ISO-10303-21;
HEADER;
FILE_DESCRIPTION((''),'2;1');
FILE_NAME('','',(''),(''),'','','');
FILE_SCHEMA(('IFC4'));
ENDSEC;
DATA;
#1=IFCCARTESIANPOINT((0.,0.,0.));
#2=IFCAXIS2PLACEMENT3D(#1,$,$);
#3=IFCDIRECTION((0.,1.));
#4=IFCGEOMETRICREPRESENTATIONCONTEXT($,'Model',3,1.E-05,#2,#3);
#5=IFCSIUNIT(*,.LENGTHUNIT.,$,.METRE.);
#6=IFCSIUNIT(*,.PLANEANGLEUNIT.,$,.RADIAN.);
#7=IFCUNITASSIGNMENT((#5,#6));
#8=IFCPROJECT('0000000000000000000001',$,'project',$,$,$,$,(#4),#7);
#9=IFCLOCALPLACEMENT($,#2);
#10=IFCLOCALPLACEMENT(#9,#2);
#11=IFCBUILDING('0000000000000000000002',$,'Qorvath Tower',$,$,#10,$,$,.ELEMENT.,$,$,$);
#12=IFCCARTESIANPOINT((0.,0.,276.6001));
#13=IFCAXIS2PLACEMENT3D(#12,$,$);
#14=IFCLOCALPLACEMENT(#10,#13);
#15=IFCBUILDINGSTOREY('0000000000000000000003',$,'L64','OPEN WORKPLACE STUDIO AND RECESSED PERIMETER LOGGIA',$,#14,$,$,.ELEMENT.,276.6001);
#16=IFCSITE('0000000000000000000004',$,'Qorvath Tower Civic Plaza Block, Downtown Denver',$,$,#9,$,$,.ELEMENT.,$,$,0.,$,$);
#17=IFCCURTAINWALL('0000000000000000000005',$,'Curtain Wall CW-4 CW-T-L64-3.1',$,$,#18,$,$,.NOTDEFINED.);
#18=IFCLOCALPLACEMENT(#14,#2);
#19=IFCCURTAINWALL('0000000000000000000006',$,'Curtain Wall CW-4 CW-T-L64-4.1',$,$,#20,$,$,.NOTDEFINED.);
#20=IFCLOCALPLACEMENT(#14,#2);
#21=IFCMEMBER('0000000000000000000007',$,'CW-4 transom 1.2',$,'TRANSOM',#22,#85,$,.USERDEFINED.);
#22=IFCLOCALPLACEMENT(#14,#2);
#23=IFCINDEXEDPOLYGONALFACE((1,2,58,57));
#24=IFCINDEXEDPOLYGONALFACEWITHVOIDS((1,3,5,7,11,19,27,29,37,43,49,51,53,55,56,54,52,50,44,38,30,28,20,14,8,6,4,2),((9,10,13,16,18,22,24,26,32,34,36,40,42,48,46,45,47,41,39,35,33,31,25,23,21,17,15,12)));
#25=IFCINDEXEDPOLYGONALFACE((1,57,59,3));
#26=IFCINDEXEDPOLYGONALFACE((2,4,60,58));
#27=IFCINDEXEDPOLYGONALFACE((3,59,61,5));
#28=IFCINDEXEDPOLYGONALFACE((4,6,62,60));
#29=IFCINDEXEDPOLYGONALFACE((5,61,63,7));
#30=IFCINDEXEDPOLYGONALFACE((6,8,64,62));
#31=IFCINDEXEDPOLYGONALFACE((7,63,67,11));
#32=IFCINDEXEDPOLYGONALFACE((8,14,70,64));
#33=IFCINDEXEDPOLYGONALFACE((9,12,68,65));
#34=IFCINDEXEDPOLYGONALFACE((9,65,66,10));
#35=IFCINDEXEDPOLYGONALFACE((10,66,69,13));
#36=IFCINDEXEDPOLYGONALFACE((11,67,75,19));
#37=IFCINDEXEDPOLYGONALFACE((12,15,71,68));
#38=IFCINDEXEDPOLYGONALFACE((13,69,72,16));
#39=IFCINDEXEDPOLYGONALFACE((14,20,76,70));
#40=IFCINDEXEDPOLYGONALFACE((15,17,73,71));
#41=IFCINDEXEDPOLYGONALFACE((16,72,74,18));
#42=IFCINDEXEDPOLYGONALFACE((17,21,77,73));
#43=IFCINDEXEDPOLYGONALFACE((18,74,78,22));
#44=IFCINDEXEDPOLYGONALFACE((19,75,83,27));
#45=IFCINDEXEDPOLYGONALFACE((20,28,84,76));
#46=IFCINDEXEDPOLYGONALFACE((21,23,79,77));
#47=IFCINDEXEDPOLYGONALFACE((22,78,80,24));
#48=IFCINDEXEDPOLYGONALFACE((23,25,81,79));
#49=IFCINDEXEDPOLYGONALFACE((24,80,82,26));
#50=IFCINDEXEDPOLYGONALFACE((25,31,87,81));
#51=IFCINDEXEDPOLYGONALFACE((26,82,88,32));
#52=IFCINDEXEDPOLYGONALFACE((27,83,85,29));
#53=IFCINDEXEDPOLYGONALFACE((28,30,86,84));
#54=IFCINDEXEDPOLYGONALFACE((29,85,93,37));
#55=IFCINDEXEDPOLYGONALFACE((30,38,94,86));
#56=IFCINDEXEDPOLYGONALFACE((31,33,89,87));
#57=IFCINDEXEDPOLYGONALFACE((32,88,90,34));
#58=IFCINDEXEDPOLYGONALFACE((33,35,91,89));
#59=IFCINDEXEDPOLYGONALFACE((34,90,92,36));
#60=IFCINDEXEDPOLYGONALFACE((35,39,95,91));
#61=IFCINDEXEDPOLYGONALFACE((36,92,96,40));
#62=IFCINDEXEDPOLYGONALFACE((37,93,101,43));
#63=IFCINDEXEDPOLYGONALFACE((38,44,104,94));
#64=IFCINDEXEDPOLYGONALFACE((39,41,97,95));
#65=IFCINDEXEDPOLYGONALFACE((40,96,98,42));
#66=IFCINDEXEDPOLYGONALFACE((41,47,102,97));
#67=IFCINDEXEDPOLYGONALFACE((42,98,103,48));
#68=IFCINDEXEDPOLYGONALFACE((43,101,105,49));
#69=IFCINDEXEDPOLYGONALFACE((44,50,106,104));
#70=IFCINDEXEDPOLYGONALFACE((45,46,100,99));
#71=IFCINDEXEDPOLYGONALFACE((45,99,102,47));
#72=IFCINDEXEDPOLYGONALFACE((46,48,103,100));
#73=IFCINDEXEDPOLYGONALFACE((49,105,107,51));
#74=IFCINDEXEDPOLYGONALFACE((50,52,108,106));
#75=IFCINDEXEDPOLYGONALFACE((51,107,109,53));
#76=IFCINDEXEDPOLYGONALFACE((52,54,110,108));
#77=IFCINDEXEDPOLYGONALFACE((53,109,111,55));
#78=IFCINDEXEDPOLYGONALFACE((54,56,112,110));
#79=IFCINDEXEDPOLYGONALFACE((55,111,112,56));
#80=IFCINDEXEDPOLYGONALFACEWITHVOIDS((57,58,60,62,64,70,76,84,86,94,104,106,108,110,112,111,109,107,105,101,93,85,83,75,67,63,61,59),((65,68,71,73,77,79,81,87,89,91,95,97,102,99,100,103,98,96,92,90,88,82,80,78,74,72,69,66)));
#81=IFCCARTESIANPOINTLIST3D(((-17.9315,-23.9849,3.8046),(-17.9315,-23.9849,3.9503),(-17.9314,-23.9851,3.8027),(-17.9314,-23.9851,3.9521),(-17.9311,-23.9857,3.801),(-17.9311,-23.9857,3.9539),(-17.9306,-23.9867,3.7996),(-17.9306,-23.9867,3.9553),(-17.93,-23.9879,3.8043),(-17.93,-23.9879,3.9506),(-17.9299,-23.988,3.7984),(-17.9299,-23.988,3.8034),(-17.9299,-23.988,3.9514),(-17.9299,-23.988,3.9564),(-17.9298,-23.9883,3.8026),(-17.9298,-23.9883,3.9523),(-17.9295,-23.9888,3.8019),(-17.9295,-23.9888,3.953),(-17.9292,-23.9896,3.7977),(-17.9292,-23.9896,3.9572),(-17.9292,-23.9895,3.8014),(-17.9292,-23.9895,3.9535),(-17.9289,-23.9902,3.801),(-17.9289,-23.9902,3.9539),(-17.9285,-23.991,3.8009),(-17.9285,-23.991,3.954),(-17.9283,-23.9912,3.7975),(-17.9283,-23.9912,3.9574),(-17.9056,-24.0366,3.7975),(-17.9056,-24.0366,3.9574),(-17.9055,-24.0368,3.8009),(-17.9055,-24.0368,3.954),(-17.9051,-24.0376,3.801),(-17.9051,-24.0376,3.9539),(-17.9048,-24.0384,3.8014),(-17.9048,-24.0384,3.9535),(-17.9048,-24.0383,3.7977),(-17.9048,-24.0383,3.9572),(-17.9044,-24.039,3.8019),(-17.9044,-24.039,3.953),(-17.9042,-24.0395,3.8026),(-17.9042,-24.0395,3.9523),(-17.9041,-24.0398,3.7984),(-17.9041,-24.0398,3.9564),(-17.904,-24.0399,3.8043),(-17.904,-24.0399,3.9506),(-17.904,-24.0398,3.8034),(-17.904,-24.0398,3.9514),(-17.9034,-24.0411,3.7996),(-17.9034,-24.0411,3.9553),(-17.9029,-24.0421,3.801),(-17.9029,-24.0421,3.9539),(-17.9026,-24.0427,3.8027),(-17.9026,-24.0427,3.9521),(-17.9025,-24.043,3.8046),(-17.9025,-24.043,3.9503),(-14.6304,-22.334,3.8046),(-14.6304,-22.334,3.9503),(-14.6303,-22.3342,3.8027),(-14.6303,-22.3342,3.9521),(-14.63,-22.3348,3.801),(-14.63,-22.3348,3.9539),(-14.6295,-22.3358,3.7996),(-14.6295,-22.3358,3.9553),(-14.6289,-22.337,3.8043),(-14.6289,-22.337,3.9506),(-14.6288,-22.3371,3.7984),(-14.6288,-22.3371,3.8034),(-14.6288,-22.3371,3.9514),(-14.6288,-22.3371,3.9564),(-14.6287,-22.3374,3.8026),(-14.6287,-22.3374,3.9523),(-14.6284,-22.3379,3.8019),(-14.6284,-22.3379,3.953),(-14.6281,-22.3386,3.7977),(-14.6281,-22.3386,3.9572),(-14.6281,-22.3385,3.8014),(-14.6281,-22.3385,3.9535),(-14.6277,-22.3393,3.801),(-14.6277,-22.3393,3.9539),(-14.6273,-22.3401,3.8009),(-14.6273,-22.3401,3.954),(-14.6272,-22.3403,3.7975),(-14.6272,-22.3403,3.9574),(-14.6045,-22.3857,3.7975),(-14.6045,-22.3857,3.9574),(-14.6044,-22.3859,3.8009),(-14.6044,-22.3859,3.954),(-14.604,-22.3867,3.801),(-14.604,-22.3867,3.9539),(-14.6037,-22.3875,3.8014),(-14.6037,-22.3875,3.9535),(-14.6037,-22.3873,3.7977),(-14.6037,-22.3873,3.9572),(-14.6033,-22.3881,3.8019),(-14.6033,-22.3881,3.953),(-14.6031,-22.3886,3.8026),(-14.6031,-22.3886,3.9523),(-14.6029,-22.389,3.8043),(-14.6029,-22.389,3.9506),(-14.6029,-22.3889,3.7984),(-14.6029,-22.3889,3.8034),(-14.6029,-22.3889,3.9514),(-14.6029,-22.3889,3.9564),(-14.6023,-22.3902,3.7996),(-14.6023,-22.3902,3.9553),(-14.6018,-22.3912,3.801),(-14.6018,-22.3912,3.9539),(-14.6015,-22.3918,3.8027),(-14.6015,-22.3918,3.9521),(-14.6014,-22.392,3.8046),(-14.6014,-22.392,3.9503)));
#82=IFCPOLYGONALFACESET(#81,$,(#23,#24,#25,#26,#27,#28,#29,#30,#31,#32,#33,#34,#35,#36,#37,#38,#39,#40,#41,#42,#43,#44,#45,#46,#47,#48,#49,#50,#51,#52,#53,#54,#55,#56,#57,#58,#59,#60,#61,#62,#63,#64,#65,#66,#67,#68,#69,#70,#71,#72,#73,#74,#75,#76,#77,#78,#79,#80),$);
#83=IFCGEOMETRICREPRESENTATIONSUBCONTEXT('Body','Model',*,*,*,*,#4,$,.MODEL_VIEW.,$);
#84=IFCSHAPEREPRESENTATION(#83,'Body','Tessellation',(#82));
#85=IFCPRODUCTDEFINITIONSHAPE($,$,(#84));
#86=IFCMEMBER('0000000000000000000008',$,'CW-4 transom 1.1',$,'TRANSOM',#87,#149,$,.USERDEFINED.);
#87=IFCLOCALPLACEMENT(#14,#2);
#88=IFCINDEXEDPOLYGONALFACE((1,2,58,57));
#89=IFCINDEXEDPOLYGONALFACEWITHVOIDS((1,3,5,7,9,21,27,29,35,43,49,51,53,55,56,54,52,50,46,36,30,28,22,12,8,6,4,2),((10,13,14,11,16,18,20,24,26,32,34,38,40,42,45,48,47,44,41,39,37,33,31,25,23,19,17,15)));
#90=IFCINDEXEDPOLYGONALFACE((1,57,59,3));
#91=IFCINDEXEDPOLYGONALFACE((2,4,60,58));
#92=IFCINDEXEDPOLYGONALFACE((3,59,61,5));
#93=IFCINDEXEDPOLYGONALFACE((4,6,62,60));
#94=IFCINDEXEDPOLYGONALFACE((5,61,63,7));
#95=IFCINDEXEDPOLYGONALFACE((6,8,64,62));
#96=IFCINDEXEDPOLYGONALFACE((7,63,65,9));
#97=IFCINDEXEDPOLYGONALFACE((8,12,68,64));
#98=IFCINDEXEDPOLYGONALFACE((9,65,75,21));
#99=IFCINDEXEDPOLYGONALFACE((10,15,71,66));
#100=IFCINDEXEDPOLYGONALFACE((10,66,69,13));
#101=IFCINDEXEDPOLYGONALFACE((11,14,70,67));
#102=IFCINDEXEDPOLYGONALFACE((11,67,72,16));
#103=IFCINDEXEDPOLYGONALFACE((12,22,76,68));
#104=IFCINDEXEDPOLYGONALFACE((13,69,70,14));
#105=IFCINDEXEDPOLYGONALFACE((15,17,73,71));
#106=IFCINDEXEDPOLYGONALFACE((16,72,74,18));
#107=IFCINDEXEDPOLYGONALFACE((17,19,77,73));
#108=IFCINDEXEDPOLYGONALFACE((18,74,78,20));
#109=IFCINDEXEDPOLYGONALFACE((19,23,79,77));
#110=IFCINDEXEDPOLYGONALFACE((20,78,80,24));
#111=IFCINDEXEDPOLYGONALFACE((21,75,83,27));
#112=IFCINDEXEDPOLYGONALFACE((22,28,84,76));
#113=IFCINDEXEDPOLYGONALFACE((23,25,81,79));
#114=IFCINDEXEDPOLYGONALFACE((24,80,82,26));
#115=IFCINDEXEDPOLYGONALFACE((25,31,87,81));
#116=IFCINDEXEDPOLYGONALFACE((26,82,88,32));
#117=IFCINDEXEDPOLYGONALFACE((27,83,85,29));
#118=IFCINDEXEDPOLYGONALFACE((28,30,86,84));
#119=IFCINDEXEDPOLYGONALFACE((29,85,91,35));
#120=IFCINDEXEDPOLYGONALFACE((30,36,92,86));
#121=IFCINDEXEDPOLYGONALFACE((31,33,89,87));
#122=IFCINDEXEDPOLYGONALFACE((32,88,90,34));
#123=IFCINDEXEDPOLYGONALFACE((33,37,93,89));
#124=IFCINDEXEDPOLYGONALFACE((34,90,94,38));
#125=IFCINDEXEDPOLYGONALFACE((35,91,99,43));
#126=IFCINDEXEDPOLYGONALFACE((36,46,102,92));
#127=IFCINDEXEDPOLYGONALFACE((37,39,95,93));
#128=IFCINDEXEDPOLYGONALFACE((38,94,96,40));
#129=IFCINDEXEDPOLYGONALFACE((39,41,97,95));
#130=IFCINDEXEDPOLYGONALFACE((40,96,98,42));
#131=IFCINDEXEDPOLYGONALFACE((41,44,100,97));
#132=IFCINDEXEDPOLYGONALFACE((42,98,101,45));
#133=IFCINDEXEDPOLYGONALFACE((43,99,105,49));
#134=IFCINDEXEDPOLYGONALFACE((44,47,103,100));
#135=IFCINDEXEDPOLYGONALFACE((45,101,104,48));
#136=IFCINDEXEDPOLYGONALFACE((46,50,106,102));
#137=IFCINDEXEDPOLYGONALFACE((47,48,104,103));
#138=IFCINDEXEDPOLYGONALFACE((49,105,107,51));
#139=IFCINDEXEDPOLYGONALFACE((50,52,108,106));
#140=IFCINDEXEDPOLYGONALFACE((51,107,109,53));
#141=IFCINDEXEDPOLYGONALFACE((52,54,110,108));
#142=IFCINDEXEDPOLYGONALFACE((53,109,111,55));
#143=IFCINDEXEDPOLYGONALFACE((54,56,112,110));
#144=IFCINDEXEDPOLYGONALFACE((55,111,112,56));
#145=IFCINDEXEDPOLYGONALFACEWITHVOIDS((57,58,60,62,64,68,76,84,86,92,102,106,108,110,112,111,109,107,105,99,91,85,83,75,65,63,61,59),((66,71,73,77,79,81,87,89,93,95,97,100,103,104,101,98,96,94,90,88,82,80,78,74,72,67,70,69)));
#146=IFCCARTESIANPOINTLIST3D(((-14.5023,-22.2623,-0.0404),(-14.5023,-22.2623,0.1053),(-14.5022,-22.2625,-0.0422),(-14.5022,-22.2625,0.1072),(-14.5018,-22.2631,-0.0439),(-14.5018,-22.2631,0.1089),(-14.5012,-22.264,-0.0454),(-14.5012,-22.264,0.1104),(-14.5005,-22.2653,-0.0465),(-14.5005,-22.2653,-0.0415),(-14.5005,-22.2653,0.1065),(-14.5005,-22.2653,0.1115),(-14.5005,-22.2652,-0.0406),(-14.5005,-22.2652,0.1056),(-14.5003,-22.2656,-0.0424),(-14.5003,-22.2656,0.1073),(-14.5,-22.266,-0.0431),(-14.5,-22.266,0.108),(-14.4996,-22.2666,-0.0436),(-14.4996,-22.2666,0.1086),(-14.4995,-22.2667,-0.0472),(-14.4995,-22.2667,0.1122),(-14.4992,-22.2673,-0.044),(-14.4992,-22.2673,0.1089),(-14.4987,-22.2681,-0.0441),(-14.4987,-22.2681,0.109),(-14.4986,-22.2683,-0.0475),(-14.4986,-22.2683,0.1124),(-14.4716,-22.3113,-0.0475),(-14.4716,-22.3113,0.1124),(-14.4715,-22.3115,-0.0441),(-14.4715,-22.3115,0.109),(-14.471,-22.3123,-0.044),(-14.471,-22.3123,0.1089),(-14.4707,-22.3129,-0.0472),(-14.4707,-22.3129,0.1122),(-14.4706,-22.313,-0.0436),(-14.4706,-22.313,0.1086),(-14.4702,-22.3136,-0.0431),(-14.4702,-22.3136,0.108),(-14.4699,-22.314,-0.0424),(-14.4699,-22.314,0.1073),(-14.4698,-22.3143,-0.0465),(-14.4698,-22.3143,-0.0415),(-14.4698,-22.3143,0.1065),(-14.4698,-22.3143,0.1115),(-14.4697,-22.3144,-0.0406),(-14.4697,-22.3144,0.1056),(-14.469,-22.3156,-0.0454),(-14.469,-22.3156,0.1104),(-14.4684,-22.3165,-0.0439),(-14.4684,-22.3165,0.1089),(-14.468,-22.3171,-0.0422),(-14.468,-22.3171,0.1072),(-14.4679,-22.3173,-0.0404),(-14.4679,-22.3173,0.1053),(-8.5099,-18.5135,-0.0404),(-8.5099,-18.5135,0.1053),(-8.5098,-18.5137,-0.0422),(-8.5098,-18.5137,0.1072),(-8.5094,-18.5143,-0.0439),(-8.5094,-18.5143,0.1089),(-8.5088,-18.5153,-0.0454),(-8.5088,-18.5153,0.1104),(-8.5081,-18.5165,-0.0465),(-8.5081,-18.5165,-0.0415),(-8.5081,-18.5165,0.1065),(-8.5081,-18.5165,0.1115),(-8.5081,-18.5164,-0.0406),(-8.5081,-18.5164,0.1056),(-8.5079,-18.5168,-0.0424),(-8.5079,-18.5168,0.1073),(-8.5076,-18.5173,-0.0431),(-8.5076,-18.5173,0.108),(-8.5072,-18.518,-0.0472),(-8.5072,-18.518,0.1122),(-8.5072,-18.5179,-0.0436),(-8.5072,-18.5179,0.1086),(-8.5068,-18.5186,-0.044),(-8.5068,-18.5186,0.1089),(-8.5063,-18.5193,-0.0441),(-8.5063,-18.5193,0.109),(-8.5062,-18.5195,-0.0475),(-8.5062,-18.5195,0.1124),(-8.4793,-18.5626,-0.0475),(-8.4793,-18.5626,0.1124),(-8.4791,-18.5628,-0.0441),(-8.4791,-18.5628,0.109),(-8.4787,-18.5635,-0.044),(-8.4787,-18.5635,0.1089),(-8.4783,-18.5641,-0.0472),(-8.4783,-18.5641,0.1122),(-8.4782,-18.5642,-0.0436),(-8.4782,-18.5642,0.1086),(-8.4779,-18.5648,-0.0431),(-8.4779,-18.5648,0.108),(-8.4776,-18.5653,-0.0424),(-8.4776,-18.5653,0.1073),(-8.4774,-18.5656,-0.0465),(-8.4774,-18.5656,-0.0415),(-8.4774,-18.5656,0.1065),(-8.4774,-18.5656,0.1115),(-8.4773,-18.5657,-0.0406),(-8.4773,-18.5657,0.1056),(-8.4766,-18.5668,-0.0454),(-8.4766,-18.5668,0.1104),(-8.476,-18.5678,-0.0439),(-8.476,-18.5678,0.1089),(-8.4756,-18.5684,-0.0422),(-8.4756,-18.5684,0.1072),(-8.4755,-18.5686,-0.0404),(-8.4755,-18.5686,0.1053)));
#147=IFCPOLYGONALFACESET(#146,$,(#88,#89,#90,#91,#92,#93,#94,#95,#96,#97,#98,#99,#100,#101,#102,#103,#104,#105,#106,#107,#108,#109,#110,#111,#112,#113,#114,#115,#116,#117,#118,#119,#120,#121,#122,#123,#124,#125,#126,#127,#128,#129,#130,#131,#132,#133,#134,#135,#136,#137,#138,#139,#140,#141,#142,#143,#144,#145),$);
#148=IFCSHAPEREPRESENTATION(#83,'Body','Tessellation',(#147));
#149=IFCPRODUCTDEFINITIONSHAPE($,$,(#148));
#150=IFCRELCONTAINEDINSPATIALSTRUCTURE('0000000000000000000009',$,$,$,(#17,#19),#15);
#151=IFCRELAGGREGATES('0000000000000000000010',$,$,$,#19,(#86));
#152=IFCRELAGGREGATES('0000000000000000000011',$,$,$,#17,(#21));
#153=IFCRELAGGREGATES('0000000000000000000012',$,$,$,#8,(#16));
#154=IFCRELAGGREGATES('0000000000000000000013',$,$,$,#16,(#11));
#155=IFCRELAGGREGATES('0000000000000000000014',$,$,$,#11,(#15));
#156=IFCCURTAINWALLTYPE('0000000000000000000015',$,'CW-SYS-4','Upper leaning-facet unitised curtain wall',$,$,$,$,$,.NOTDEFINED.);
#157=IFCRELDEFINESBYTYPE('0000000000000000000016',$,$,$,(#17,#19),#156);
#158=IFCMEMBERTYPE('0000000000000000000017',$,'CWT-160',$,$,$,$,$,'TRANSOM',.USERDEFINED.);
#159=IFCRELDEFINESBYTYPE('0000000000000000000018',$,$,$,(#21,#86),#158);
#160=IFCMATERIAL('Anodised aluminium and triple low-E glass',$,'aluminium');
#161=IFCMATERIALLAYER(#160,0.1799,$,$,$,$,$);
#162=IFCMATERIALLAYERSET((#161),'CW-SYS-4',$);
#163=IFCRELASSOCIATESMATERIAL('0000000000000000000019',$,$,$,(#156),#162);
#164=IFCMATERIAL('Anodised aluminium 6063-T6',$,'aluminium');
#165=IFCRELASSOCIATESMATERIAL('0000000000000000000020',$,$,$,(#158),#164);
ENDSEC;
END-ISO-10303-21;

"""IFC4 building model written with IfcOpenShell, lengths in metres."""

from ifc_helpers import new_model, si_unit, direction, frame, origin, origin_2d, place, context, subcontext, project, spatial, hollow_rectangle, extrude, material, layer, layer_set, material_profile, profile_set, type_object, element, aggregate, save


model = new_model("IFC4")

# Units and contexts
model_context = context("Model", 3, precision=1e-05, world=origin(), true_north=direction((0.0, 1.0)))
body_context = subcontext(model_context, "Body", "Model", "MODEL_VIEW")
ifc_project = project(units=[si_unit("LENGTHUNIT", "METRE"), si_unit("PLANEANGLEUNIT", "RADIAN")], contexts=[model_context])

# Site, building, storey
site_placement = place(None, origin())
site = spatial("IfcSite", under=ifc_project, at=site_placement, Name="Qorvath Tower Civic Plaza Block, Downtown Denver", CompositionType="ELEMENT", RefElevation=0.0)
building_placement = place(site_placement, origin())
building = spatial("IfcBuilding", under=site, at=building_placement, Name="Qorvath Tower", CompositionType="ELEMENT")
storey_placement = place(building_placement, frame((0.0, 0.0, 276.6001)))
storey = spatial("IfcBuildingStorey", under=building, at=storey_placement, Name="L64", Description="OPEN WORKPLACE STUDIO AND RECESSED PERIMETER LOGGIA", CompositionType="ELEMENT", Elevation=276.6001)

# Shared definitions
ifc_material_1 = material(Name="Anodised aluminium and triple low-E glass", Category="aluminium")
ifc_layer_1 = layer(ifc_material_1, 0.1799)
ifc_layer_set_1 = layer_set([ifc_layer_1], Name="CW-SYS-4")
curtain_wall_type = type_object("IfcCurtainWallType", Name="CW-SYS-4", Description="Upper leaning-facet unitised curtain wall", PredefinedType="NOTDEFINED", material=ifc_layer_set_1)

# Curtain wall
curtain_wall_1_placement = place(storey_placement, origin())
curtain_wall_1 = element("IfcCurtainWall", 1, at=curtain_wall_1_placement, inside=storey, type_object=curtain_wall_type, Name="Curtain Wall CW-4 CW-T-L64-3.1", PredefinedType="NOTDEFINED")

# Curtain wall
curtain_wall_2_placement = place(storey_placement, origin())
curtain_wall_2 = element("IfcCurtainWall", 2, at=curtain_wall_2_placement, inside=storey, type_object=curtain_wall_type, Name="Curtain Wall CW-4 CW-T-L64-4.1", PredefinedType="NOTDEFINED")

# Members
ifc_material_2 = material(Name="Anodised aluminium 6063-T6", Category="aluminium")
ifc_material_profile_1 = material_profile(ifc_material_2, hollow_rectangle(XDim=0.0649, YDim=0.1599, WallThickness=0.0034, InnerFilletRadius=0.0034, OuterFilletRadius=0.0071, at=origin_2d()), Name="CWT 160x65")
ifc_profile_set_1 = profile_set([ifc_material_profile_1], Name="Anodised aluminium 6063-T6")
member_type_1 = type_object("IfcMemberType", Name="CWT-160", ElementType="TRANSOM", PredefinedType="USERDEFINED", material=ifc_profile_set_1)
member_1_placement = place(storey_placement, frame((-17.917, -24.0139, 3.8774), z_axis=(0.894387, 0.447293, 0.0), x_axis=(-0.447293, 0.894387, 0.0)))
member_1 = element("IfcMember", 3, at=member_1_placement, type_object=member_type_1, Name="CW-4 transom 1.2", ObjectType="TRANSOM", PredefinedType="USERDEFINED", context=body_context, shape_type="SweptSolid", body=[
    extrude(hollow_rectangle(XDim=0.0649, YDim=0.1599, WallThickness=0.0034, InnerFilletRadius=0.0034, OuterFilletRadius=0.0071, at=origin_2d()), origin(), (0.0, 0.0, 1.0), 3.6909),
])
member_2_placement = place(storey_placement, frame((-14.4851, -22.2898, 0.0325), z_axis=(0.847775, 0.530356, 0.0), x_axis=(-0.530356, 0.847775, 0.0)))
member_2 = element("IfcMember", 4, at=member_2_placement, type_object=member_type_1, Name="CW-4 transom 1.1", ObjectType="TRANSOM", PredefinedType="USERDEFINED", context=body_context, shape_type="SweptSolid", body=[
    extrude(hollow_rectangle(XDim=0.0649, YDim=0.1599, WallThickness=0.0034, InnerFilletRadius=0.0034, OuterFilletRadius=0.0071, at=origin_2d()), origin(), (0.0, 0.0, 1.0), 7.0684),
])
aggregate(curtain_wall_2, [member_2])

aggregate(curtain_wall_1, [member_1])

save(model, "model.ifc")
